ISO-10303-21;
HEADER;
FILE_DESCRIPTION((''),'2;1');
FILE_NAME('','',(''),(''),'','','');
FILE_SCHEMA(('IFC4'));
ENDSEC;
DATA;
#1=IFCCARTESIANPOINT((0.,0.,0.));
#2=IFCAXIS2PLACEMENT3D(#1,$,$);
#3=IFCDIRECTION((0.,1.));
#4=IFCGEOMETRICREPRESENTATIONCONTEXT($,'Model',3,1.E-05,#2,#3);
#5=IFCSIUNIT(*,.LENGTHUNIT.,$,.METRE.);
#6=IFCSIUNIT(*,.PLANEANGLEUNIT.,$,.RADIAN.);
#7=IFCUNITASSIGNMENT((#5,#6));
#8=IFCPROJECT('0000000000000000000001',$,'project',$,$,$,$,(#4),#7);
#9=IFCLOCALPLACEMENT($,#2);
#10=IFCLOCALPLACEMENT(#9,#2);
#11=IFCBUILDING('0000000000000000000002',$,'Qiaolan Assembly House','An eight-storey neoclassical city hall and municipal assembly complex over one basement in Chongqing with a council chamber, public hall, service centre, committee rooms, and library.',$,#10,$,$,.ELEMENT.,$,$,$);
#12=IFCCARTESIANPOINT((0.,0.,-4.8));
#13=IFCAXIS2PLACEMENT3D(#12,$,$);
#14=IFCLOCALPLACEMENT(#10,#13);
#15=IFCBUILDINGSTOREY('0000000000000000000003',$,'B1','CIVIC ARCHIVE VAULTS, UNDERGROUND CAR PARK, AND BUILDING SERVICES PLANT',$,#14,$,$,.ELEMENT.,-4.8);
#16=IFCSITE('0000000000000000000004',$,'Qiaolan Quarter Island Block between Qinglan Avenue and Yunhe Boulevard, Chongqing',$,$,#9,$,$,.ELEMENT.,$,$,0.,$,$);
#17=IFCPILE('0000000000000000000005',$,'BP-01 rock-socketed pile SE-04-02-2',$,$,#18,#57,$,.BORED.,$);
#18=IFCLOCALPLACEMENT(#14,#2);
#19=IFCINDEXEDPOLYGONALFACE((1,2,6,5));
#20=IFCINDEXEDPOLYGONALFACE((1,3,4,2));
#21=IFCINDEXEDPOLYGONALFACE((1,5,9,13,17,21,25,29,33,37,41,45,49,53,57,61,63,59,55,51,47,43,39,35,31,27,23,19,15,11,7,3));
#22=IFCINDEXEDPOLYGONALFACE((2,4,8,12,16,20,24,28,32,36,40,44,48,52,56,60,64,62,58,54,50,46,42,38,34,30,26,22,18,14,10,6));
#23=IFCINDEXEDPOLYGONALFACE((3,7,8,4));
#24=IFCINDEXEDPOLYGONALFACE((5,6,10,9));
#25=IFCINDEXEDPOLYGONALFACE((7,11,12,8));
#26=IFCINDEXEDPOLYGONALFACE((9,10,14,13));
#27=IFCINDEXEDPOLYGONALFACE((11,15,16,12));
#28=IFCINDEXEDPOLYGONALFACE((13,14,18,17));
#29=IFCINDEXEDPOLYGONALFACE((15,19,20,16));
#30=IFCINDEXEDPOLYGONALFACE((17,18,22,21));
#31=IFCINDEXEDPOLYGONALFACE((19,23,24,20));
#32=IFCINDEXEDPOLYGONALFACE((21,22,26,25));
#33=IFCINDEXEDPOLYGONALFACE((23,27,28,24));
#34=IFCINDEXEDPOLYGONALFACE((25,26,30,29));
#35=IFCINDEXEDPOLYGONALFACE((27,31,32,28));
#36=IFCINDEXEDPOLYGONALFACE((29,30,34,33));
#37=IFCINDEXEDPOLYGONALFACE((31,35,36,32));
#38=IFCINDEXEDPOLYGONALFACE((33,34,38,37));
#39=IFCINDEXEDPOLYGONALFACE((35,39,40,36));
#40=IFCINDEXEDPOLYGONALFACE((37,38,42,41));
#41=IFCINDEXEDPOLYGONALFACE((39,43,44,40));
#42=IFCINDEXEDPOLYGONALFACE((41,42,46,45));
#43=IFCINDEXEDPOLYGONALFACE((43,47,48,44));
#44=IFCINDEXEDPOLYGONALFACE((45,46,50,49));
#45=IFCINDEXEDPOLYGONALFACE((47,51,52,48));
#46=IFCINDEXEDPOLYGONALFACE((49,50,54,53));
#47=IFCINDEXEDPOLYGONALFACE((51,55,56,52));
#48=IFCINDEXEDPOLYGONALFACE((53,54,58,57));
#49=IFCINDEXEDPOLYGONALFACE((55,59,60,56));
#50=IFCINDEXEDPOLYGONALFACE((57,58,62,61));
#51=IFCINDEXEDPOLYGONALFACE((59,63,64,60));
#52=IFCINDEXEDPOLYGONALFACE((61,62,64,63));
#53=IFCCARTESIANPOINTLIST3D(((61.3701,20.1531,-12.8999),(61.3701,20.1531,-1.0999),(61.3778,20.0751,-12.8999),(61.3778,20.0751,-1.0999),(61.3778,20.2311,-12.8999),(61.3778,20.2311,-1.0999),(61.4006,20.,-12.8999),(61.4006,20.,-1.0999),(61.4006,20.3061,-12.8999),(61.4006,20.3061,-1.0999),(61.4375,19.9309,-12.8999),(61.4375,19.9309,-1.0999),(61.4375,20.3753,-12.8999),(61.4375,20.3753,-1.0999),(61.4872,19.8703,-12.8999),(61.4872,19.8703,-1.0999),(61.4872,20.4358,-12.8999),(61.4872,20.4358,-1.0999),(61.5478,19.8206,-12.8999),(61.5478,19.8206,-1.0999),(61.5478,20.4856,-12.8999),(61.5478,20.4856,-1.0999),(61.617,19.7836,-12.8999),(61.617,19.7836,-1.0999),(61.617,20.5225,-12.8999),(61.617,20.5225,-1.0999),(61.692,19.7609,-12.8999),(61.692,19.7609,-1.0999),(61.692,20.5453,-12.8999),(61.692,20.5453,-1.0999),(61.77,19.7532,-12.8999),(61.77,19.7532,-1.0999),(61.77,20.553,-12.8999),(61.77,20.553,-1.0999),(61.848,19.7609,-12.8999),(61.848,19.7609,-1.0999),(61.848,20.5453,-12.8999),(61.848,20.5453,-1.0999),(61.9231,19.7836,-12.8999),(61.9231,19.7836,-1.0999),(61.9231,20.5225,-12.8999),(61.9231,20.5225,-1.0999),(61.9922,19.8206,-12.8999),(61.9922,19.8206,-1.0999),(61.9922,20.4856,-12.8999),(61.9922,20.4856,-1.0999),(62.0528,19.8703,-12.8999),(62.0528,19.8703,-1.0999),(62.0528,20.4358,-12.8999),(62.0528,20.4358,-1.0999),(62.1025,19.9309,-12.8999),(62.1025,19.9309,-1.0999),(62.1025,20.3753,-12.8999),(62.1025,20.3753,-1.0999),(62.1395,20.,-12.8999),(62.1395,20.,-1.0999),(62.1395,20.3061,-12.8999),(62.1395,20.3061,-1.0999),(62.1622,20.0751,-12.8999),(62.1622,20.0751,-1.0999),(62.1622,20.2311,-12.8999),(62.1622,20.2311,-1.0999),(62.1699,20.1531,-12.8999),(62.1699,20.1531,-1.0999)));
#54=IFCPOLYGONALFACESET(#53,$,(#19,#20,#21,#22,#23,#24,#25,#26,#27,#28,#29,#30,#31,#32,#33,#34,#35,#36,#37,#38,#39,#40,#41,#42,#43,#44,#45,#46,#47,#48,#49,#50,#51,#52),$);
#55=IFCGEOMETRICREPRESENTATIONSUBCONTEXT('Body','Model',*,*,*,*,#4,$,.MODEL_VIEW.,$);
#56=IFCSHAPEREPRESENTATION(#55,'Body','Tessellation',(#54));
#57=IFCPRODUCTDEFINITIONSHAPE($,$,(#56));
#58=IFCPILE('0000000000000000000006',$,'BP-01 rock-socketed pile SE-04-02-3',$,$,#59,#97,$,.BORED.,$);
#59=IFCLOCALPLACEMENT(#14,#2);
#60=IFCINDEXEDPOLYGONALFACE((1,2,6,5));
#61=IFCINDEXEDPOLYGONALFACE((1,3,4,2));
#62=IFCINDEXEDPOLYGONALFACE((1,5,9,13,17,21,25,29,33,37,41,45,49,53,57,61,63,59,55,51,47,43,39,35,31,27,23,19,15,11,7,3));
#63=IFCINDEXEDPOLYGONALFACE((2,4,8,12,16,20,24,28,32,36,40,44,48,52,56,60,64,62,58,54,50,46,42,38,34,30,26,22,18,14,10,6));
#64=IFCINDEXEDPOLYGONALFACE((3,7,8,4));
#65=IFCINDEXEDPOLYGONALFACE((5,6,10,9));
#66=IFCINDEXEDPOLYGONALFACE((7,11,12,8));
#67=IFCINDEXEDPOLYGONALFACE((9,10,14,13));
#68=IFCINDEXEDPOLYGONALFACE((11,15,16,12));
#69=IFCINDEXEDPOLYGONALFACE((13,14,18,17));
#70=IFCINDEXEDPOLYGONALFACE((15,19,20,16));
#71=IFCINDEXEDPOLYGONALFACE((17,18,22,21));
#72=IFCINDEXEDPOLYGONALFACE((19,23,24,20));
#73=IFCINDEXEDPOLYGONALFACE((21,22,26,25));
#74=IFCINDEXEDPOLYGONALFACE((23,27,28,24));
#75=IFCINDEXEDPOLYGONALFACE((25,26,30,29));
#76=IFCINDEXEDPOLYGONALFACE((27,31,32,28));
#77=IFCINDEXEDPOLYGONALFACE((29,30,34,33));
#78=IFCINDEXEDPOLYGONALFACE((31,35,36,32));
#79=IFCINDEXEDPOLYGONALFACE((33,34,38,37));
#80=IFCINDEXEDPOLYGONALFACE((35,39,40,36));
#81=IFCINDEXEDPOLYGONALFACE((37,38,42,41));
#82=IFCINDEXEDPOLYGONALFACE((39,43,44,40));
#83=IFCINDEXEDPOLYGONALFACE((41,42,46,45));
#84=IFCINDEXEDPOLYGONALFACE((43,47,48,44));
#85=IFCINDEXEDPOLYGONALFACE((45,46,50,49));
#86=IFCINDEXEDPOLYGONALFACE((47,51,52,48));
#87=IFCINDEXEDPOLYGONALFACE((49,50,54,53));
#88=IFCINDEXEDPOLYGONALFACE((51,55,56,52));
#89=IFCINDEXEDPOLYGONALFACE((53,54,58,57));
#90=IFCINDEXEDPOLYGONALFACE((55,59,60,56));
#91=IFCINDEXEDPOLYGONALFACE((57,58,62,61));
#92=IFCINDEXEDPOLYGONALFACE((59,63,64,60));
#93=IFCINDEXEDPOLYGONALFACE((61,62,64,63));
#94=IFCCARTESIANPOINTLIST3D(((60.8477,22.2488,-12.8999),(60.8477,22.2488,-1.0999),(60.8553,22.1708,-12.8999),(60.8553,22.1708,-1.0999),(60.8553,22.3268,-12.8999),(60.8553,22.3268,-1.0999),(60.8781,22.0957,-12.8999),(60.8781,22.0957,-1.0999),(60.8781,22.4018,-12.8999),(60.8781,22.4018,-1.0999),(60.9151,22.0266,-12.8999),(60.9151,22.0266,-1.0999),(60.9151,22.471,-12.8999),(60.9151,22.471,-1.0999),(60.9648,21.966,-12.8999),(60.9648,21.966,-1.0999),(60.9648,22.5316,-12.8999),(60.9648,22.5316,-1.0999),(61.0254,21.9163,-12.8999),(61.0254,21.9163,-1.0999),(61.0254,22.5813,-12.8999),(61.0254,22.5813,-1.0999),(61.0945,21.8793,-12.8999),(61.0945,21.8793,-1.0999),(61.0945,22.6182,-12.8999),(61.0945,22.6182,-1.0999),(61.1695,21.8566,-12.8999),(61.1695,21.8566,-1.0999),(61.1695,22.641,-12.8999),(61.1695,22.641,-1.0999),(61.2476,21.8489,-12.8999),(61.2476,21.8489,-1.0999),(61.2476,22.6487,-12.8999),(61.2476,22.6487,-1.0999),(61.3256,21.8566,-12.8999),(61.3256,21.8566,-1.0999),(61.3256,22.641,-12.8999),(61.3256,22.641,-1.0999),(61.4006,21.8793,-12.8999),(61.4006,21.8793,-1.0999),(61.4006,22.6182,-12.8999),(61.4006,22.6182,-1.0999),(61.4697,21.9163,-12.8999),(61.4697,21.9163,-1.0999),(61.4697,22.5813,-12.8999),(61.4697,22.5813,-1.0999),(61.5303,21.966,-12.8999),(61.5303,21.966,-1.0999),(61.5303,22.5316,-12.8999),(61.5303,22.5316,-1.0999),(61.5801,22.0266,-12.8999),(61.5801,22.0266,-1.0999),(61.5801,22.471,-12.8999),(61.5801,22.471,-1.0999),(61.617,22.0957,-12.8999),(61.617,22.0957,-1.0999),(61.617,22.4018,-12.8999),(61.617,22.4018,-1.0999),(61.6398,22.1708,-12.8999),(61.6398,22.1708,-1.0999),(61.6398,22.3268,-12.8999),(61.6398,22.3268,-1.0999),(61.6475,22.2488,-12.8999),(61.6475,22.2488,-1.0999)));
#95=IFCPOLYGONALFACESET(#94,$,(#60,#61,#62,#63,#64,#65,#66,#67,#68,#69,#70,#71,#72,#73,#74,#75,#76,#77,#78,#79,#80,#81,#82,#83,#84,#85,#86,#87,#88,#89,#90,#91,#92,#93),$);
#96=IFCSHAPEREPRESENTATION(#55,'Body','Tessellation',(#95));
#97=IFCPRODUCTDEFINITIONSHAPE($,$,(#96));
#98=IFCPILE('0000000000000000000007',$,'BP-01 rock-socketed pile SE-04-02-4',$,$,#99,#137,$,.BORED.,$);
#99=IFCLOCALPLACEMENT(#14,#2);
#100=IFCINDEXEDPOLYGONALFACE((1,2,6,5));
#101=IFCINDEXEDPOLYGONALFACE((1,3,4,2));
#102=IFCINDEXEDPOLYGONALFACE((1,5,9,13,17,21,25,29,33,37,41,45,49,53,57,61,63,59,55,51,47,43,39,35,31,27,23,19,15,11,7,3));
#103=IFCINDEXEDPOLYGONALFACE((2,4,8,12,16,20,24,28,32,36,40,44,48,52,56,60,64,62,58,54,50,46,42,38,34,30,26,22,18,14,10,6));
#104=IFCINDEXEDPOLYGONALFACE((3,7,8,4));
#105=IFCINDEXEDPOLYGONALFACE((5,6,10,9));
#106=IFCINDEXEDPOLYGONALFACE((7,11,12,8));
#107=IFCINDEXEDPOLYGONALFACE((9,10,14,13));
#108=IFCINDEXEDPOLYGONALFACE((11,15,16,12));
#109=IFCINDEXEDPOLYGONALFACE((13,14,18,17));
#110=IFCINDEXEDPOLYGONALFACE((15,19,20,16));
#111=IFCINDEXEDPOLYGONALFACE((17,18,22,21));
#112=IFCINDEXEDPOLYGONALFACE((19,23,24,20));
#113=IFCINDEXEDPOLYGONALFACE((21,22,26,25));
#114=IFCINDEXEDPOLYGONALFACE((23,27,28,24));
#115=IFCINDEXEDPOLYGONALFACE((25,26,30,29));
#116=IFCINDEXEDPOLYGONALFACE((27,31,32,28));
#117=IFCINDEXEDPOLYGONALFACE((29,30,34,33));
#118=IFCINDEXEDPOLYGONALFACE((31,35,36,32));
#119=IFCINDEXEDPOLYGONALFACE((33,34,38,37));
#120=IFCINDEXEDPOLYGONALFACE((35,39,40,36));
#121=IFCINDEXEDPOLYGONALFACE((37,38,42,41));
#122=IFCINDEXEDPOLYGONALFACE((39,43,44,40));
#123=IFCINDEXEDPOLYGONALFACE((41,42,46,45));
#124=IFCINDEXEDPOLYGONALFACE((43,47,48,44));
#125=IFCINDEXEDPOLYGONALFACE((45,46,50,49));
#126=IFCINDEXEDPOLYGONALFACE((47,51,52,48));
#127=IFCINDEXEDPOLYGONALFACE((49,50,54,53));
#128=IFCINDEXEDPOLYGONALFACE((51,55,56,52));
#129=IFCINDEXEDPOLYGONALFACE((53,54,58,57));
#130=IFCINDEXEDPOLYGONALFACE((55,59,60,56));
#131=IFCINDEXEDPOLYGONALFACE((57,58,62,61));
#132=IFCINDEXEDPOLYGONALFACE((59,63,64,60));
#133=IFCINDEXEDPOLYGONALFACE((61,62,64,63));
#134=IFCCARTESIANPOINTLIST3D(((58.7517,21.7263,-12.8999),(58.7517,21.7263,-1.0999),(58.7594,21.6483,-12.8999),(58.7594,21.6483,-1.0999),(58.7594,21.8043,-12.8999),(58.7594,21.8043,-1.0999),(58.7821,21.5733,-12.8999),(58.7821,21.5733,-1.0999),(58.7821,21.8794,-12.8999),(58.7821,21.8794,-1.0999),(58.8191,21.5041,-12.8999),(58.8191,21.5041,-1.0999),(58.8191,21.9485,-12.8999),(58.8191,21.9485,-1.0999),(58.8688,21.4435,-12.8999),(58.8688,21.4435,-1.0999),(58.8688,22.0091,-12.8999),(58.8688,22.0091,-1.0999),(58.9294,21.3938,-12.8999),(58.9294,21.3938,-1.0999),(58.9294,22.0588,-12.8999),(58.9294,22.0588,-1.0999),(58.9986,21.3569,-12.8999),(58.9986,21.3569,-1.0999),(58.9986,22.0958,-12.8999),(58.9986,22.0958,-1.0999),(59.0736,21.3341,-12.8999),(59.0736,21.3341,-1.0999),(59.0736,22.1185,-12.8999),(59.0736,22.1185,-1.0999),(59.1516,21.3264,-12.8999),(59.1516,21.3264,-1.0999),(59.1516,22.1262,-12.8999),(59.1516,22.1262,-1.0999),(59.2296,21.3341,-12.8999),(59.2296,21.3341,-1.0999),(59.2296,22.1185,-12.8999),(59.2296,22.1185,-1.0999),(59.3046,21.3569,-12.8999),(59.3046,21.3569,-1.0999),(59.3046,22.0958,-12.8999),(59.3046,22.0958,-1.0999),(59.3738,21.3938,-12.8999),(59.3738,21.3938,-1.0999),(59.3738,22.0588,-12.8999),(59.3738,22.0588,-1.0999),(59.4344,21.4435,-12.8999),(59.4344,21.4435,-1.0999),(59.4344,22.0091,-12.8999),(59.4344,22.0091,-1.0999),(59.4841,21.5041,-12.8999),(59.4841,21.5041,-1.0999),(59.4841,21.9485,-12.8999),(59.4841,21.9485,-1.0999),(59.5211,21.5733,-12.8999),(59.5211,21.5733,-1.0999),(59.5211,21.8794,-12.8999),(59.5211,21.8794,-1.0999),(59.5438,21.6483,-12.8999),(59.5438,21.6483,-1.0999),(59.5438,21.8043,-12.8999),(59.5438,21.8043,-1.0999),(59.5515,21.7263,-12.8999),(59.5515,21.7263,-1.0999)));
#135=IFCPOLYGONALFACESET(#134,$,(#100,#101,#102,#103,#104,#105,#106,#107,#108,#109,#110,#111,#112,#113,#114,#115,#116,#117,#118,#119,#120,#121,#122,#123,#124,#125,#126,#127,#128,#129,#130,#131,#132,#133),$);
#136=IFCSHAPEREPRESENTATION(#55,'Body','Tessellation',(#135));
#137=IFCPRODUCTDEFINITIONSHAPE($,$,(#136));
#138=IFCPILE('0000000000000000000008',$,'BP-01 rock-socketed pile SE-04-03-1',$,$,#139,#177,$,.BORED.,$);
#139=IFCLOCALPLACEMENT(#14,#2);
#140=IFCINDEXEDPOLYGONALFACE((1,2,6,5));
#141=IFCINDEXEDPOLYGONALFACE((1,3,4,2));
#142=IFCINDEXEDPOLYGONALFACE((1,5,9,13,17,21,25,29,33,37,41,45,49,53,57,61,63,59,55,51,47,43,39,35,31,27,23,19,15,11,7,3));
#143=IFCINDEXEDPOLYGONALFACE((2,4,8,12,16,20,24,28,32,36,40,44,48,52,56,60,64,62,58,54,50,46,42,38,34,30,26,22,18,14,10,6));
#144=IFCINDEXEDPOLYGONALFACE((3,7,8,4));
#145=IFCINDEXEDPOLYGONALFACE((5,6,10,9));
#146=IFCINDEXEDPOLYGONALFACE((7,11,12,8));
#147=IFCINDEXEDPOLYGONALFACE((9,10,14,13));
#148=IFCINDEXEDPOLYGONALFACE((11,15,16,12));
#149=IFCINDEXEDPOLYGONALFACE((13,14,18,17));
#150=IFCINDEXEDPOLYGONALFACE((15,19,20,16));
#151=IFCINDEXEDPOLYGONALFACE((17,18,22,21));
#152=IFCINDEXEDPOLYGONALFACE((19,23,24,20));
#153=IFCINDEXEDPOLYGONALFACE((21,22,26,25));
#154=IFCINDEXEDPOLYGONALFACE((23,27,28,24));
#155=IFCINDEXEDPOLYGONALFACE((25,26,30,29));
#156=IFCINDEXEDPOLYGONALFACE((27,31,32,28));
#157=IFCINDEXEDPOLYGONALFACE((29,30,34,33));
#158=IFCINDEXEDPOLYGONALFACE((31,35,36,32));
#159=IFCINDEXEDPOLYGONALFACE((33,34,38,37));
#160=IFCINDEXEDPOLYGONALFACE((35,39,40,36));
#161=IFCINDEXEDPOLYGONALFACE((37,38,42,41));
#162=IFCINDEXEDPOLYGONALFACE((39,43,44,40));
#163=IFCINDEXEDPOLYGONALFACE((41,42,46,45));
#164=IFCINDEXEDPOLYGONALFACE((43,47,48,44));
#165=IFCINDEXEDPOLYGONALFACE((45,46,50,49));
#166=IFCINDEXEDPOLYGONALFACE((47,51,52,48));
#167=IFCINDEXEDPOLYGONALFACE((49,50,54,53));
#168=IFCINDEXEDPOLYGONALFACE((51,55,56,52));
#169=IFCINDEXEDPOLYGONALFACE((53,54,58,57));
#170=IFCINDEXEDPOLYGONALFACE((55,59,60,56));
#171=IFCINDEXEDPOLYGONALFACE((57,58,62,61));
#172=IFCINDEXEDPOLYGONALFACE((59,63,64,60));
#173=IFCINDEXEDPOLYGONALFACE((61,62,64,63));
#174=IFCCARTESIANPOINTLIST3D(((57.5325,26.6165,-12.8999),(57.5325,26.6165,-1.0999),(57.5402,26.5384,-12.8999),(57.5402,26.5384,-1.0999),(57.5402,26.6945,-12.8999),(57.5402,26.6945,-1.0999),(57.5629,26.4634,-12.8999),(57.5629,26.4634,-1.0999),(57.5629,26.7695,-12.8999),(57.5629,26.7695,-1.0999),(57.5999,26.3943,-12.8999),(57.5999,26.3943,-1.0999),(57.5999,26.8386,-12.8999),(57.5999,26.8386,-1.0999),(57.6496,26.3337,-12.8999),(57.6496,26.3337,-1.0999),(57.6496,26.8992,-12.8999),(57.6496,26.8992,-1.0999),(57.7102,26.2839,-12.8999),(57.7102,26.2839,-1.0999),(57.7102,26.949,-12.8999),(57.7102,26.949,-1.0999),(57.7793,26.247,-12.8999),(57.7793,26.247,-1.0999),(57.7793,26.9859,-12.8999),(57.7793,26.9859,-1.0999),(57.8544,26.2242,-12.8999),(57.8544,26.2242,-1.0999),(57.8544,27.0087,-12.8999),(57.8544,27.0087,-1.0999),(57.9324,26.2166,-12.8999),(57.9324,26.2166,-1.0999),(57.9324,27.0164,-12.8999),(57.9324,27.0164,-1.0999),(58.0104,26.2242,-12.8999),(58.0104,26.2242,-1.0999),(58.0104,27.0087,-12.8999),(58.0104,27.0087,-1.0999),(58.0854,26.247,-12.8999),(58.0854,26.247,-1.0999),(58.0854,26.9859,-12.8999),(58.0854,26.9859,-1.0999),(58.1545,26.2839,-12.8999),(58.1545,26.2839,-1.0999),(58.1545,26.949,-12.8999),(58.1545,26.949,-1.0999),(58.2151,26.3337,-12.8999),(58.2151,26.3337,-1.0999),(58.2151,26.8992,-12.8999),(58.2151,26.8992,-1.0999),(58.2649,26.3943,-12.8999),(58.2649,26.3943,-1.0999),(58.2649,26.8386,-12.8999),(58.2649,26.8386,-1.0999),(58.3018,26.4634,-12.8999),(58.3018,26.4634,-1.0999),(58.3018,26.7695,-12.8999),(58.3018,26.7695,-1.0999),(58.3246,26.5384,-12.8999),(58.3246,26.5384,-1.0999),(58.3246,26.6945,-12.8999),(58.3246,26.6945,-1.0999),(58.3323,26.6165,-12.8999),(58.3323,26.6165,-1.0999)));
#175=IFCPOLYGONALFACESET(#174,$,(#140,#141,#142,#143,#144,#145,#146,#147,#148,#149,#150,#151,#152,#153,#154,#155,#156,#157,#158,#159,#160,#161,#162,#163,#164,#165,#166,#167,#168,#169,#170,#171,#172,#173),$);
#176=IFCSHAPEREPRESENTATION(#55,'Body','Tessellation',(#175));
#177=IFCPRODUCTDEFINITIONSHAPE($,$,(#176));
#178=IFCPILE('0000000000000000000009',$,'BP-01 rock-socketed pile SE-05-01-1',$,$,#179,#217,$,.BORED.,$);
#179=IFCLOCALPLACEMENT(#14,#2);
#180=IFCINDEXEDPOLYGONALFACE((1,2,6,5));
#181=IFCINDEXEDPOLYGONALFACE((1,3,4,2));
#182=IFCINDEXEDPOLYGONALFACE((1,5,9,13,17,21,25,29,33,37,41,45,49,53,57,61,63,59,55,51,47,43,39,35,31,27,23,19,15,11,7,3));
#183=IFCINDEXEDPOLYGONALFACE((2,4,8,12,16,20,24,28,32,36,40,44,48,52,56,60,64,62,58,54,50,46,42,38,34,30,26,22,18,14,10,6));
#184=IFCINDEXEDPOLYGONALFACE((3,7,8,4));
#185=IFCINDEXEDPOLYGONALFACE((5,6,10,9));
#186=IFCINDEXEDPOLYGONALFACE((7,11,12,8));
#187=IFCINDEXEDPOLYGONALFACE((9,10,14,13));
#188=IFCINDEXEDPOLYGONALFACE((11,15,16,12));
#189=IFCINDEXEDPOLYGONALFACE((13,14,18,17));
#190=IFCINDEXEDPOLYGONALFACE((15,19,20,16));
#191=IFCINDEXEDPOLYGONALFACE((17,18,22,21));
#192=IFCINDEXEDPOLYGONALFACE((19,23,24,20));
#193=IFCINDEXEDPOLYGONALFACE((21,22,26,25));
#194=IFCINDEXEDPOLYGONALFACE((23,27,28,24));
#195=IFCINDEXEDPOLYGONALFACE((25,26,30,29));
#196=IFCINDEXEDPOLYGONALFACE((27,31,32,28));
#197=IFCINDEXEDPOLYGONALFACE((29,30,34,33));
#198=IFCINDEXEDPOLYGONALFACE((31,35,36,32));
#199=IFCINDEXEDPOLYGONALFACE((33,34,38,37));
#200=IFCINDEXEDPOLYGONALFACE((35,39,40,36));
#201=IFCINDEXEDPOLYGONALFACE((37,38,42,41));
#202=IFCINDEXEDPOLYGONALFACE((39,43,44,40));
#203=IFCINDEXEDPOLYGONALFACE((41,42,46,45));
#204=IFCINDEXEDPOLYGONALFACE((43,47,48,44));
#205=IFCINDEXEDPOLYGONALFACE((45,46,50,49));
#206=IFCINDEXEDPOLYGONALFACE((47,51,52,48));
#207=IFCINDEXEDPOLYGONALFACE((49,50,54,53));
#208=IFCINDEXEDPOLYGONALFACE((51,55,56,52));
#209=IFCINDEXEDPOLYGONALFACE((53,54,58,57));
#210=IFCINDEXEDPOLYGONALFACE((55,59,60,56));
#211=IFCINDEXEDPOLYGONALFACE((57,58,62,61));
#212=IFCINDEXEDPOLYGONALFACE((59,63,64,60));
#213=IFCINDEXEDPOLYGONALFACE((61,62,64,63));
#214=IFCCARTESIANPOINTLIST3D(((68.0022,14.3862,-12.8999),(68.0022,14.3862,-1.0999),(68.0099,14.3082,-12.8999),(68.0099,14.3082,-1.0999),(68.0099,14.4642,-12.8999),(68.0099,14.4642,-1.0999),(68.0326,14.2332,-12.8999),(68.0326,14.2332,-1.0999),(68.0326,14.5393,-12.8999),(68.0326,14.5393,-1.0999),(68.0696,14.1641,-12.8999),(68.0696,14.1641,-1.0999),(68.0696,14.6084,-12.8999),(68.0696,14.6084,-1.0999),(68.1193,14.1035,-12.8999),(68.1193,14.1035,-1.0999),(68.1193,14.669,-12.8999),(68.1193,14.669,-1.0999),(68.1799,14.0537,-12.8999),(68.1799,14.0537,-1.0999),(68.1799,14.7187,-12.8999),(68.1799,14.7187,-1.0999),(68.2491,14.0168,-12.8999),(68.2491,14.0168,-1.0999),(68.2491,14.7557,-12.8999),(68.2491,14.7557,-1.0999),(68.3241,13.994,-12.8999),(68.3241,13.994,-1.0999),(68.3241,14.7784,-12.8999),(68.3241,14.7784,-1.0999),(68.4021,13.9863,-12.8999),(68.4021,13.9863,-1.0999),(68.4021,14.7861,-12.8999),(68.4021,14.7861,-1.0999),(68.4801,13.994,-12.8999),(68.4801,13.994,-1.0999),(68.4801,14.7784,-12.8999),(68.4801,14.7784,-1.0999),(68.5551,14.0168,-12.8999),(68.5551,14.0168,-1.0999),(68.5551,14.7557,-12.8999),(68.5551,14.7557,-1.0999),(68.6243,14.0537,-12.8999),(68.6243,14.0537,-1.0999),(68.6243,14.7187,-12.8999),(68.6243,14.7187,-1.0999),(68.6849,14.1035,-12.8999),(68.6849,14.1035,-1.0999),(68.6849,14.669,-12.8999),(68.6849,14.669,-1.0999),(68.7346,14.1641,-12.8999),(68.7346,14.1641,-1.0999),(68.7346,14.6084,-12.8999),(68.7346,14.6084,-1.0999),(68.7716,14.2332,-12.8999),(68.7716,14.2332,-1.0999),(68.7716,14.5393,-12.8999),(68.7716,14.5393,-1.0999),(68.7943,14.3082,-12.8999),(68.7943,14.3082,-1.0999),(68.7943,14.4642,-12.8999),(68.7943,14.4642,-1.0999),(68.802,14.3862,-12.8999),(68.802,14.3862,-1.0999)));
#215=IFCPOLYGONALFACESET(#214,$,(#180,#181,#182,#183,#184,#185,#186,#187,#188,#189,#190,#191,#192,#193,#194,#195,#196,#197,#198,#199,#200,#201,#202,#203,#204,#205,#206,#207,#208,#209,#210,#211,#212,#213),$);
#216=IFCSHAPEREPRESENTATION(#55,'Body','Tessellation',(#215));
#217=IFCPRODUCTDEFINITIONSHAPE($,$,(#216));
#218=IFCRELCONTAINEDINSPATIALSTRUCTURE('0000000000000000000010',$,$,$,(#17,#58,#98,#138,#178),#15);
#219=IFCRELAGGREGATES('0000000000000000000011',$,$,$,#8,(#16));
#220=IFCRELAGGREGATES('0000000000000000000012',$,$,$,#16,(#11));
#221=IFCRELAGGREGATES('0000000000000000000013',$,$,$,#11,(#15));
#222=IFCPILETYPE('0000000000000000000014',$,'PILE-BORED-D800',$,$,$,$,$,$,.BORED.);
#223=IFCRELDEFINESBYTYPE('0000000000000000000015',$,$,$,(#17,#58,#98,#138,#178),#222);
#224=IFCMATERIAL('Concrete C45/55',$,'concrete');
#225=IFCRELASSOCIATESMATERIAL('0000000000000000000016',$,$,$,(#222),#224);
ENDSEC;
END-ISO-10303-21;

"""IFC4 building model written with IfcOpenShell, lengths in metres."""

from ifc_helpers import new_model, si_unit, direction, frame, origin, origin_2d, place, context, subcontext, project, spatial, circle, extrude, material, material_profile, profile_set, type_object, element, save


model = new_model("IFC4")

# Units and contexts
model_context = context("Model", 3, precision=1e-05, world=origin(), true_north=direction((0.0, 1.0)))
body_context = subcontext(model_context, "Body", "Model", "MODEL_VIEW")
ifc_project = project(units=[si_unit("LENGTHUNIT", "METRE"), si_unit("PLANEANGLEUNIT", "RADIAN")], contexts=[model_context])

# Site, building, storey
site_placement = place(None, origin())
site = spatial("IfcSite", under=ifc_project, at=site_placement, Name="Qiaolan Quarter Island Block between Qinglan Avenue and Yunhe Boulevard, Chongqing", CompositionType="ELEMENT", RefElevation=0.0)
building_placement = place(site_placement, origin())
building = spatial("IfcBuilding", under=site, at=building_placement, Name="Qiaolan Assembly House", Description="An eight-storey neoclassical city hall and municipal assembly complex over one basement in Chongqing with a council chamber, public hall, service centre, committee rooms, and library.", CompositionType="ELEMENT")
storey_placement = place(building_placement, frame((0.0, 0.0, -4.8)))
storey = spatial("IfcBuildingStorey", under=building, at=storey_placement, Name="B1", Description="CIVIC ARCHIVE VAULTS, UNDERGROUND CAR PARK, AND BUILDING SERVICES PLANT", CompositionType="ELEMENT", Elevation=-4.8)

# Piles
ifc_material_1 = material(Name="Concrete C45/55", Category="concrete")
ifc_material_profile_1 = material_profile(ifc_material_1, circle(Radius=0.3999, at=origin_2d()), Name="PILE D800")
ifc_profile_set_1 = profile_set([ifc_material_profile_1], Name="Concrete C45/55")
pile_type = type_object("IfcPileType", Name="PILE-BORED-D800", PredefinedType="BORED", material=ifc_profile_set_1)
for number, where, z_axis, x_axis, name in (
    (1, (61.77, 20.1531, -1.0999), (0.0, 0.0, -1.0), (1.0, 0.0, 0.0), "BP-01 rock-socketed pile SE-04-02-2"),
    (2, (61.2476, 22.2488, -1.0999), (0.0, 0.0, -1.0), (1.0, 0.0, 0.0), "BP-01 rock-socketed pile SE-04-02-3"),
    (3, (59.1516, 21.7263, -1.0999), (0.0, 0.0, -1.0), (1.0, 0.0, 0.0), "BP-01 rock-socketed pile SE-04-02-4"),
    (4, (57.9324, 26.6165, -1.0999), (0.0, 0.0, -1.0), (1.0, 0.0, 0.0), "BP-01 rock-socketed pile SE-04-03-1"),
    (5, (68.4021, 14.3862, -1.0999), (0.0, 0.0, -1.0), (1.0, 0.0, 0.0), "BP-01 rock-socketed pile SE-05-01-1"),
):
    element("IfcPile", number, at=place(storey_placement, frame(where, z_axis=z_axis, x_axis=x_axis)), inside=storey, type_object=pile_type, Name=name, PredefinedType="BORED", context=body_context, shape_type="SweptSolid", body=[
        extrude(circle(Radius=0.3999, at=origin_2d()), origin(), (0.0, 0.0, 1.0), 11.8),
    ])

save(model, "model.ifc")
